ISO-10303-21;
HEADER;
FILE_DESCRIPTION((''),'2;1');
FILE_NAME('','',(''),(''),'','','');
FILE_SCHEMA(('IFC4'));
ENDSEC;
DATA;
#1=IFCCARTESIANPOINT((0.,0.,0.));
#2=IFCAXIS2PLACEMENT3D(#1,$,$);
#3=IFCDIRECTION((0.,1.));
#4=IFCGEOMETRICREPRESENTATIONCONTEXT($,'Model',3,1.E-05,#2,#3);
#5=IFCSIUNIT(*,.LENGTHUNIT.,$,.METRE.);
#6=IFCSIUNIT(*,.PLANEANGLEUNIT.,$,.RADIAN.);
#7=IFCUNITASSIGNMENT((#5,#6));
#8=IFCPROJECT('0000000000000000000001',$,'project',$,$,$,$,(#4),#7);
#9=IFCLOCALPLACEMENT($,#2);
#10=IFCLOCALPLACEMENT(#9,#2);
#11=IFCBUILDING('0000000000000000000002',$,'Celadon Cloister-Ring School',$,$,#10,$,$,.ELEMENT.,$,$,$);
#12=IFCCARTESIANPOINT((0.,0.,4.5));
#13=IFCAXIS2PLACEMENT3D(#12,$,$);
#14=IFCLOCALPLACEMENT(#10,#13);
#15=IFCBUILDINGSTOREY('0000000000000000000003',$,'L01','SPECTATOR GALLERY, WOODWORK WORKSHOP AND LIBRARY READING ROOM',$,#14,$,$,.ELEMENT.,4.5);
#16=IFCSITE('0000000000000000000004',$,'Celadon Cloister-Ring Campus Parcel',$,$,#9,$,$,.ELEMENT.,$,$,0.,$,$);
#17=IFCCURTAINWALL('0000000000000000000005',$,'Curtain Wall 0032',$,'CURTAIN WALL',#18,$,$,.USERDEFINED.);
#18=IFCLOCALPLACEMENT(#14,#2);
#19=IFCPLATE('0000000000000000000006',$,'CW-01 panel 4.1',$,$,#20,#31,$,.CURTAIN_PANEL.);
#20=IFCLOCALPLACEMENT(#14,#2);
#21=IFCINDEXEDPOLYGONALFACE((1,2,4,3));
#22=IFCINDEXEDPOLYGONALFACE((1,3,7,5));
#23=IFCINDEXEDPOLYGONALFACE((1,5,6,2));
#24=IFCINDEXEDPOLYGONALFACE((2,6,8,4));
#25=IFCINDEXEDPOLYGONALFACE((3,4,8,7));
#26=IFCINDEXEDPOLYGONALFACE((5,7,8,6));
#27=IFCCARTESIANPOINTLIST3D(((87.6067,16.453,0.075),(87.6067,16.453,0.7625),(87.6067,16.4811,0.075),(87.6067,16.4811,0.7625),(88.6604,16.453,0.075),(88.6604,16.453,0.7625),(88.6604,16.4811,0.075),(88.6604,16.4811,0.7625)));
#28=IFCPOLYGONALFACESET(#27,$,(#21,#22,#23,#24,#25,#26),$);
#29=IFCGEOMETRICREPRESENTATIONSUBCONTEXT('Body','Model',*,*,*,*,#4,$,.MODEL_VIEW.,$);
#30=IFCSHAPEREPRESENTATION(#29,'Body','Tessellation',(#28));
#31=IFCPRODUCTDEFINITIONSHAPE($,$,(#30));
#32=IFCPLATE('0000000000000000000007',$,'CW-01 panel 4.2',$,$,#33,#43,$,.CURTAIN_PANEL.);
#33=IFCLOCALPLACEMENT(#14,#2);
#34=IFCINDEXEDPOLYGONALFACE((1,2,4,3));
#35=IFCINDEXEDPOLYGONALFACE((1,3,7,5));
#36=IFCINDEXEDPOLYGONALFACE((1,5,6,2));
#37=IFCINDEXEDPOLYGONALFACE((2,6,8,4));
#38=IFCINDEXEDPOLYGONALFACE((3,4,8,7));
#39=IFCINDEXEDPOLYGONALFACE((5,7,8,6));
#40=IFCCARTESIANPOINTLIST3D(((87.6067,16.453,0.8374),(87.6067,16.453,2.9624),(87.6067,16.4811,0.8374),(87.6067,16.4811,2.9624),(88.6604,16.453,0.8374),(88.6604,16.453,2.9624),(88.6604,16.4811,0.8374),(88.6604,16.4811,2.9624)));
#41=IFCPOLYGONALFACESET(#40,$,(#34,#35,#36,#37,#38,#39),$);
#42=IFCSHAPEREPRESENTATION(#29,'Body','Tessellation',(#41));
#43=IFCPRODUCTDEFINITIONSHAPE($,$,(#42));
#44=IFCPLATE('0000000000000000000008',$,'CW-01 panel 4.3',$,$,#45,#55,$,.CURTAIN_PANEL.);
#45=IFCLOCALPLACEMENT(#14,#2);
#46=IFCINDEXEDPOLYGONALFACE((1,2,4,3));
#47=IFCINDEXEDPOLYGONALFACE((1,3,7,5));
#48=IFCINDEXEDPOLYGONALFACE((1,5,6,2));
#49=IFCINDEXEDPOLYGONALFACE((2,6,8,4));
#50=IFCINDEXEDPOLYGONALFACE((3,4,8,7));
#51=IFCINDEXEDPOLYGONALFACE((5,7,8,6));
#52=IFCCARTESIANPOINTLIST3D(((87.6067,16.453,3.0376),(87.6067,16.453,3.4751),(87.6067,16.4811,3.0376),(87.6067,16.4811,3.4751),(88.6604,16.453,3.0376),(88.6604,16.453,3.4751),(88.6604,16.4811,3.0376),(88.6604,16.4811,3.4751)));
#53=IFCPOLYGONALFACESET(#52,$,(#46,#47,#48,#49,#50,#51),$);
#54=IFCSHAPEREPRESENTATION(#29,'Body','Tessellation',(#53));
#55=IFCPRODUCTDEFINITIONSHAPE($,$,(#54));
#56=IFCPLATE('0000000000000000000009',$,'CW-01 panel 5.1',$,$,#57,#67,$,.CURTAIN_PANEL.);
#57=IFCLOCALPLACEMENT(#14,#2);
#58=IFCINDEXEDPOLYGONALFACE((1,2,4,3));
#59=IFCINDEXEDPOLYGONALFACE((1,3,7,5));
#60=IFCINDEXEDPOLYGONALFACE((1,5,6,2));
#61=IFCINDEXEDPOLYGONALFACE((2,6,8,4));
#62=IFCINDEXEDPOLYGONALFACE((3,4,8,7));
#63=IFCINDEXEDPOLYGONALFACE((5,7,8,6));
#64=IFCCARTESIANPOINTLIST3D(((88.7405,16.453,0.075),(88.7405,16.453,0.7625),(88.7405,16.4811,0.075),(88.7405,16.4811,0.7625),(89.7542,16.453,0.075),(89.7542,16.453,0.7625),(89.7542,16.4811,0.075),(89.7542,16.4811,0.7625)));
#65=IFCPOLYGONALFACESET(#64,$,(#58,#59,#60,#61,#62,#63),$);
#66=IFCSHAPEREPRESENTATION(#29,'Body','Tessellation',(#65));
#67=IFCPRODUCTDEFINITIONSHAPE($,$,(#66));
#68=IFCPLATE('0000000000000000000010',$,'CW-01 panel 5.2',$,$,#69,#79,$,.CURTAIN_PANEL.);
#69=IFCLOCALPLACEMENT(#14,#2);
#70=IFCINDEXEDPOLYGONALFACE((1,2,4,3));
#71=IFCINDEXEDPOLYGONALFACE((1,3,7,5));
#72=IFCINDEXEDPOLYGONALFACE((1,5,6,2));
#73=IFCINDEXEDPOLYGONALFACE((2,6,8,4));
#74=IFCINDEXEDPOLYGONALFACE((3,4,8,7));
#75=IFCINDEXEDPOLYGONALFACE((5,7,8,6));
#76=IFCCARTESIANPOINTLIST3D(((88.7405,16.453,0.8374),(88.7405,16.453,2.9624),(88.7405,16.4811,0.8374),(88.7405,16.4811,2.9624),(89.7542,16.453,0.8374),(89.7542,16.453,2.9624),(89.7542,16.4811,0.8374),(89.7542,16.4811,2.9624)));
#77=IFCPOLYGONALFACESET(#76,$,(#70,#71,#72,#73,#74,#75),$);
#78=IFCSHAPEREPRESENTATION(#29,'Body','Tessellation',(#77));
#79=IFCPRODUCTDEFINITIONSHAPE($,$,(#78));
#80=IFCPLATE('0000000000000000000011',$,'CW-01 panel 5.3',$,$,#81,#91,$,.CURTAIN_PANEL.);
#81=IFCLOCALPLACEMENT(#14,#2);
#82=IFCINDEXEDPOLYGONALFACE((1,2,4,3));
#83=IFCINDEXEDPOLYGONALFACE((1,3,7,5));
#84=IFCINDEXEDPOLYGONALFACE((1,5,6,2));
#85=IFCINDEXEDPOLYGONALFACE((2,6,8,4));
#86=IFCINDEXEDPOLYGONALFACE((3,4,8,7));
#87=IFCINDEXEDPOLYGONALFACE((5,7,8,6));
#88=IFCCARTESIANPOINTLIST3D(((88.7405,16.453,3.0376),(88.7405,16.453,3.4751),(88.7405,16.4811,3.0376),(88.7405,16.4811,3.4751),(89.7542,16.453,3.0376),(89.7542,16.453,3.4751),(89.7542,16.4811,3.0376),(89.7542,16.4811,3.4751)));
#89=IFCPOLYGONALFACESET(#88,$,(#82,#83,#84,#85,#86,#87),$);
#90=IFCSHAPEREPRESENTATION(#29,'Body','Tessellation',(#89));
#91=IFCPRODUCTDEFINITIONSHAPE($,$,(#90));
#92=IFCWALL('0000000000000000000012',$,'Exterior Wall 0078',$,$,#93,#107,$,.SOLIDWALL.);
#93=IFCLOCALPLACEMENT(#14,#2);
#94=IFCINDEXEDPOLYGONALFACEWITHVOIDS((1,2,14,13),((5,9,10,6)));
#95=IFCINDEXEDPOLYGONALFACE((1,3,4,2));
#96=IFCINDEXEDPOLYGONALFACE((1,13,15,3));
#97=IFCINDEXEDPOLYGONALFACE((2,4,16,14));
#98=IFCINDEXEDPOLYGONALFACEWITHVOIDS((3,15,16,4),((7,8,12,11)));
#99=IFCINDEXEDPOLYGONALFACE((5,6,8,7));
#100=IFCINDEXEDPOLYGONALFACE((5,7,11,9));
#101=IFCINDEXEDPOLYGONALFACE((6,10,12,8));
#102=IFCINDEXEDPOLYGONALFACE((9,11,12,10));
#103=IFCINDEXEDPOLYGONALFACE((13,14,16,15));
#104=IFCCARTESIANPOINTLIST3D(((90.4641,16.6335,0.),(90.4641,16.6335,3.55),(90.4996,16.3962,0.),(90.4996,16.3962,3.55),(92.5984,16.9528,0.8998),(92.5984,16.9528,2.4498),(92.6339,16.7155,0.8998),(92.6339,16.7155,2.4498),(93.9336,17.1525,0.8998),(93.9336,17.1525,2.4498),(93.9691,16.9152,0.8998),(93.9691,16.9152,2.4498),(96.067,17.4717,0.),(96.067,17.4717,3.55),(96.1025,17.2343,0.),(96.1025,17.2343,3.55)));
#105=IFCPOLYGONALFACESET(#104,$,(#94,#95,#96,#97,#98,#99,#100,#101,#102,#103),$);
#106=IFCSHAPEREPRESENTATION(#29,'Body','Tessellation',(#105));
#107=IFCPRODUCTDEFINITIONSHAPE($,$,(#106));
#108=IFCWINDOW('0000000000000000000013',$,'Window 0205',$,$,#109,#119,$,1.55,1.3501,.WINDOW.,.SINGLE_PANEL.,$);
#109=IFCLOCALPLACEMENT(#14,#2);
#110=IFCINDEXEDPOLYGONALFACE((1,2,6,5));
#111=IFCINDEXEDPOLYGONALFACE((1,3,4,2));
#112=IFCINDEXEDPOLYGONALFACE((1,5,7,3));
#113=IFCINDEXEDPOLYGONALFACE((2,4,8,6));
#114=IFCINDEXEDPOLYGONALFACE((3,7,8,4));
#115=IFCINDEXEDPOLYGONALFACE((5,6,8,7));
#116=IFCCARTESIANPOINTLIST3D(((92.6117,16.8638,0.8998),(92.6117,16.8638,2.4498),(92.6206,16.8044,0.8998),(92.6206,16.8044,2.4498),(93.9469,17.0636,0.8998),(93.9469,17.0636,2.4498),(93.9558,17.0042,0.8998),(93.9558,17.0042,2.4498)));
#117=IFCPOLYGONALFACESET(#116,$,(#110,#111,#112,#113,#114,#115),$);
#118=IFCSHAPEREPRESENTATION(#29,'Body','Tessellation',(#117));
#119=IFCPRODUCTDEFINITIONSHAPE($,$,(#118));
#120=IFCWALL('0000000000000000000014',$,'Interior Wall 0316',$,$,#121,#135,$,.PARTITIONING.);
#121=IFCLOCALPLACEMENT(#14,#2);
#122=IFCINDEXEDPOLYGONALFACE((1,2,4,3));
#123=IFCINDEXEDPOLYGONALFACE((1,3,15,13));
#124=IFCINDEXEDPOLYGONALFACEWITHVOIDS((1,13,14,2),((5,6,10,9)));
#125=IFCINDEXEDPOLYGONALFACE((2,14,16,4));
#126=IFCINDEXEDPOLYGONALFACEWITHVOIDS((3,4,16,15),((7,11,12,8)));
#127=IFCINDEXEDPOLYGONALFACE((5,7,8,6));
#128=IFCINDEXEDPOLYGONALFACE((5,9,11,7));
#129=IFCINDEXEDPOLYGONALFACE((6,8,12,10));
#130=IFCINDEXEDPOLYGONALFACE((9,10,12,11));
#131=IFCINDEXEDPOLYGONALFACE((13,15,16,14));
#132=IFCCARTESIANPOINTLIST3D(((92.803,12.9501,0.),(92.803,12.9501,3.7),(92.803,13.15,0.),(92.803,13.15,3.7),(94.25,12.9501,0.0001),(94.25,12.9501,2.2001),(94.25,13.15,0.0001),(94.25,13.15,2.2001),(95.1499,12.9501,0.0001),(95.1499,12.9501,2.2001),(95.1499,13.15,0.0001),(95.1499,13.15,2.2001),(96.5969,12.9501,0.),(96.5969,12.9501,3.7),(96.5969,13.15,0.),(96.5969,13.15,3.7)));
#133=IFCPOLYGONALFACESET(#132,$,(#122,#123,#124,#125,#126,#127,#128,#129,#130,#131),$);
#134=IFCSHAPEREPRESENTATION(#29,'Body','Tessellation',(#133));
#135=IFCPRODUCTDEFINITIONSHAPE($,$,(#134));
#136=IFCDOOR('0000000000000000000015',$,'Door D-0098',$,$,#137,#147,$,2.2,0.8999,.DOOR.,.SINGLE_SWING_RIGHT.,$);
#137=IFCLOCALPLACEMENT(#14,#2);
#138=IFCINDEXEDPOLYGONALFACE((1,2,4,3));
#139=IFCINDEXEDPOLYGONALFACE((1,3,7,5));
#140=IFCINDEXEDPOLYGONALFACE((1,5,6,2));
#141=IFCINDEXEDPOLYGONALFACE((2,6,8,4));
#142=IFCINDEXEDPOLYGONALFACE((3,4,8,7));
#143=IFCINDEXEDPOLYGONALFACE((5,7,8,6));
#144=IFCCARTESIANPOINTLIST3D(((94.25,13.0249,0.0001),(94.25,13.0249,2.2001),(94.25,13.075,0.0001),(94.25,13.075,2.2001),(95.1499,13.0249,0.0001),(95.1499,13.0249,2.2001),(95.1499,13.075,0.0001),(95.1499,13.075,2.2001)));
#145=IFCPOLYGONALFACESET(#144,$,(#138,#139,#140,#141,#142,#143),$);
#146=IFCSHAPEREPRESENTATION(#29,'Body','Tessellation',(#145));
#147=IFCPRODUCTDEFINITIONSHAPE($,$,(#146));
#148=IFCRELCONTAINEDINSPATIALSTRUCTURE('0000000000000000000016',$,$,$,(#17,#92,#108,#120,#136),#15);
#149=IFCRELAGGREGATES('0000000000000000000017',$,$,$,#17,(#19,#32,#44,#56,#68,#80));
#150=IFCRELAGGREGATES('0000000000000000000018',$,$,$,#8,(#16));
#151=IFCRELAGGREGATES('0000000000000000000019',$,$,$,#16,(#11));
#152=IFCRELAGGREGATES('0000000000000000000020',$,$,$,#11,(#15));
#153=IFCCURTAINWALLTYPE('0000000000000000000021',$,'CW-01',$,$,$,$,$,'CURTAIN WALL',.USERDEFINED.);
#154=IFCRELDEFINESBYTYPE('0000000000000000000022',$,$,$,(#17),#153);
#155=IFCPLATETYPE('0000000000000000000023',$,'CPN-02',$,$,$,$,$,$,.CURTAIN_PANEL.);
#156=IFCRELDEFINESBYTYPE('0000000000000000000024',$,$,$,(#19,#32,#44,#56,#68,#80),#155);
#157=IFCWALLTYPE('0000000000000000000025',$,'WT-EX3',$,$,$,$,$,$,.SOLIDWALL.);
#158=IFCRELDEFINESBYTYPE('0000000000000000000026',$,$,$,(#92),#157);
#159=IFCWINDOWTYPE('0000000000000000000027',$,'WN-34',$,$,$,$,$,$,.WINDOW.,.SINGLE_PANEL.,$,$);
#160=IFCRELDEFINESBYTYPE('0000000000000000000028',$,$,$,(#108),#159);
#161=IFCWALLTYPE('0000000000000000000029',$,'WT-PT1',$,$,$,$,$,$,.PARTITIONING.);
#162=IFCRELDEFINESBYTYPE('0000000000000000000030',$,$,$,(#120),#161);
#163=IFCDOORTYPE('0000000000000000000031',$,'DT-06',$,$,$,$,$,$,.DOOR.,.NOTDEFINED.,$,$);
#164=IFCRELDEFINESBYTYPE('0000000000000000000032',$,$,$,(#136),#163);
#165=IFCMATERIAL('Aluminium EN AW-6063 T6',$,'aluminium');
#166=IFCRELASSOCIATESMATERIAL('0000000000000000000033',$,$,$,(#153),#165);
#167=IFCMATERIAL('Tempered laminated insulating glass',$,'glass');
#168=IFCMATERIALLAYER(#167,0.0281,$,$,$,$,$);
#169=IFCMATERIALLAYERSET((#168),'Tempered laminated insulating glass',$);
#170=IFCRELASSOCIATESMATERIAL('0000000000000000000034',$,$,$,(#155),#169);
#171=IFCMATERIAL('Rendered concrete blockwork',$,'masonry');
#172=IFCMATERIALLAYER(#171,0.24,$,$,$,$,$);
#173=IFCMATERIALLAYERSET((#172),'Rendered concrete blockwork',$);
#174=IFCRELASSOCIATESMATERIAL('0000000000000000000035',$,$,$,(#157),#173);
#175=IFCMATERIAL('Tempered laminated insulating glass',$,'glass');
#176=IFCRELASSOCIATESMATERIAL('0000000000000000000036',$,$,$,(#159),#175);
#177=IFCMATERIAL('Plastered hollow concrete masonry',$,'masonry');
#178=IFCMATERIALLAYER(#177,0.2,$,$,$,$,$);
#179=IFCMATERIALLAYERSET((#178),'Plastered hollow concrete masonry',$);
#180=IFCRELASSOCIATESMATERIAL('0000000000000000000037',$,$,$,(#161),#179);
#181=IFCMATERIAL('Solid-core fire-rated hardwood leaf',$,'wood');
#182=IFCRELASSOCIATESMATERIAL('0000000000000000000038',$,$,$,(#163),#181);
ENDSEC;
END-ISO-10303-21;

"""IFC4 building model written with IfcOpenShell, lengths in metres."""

from ifc_helpers import new_model, si_unit, direction, frame, frame_2d, origin, origin_2d, place, context, subcontext, project, spatial, rectangle, extrude, material, layer, layer_set, type_object, element, fill, aggregate, save


model = new_model("IFC4")

# Units and contexts
model_context = context("Model", 3, precision=1e-05, world=origin(), true_north=direction((0.0, 1.0)))
body_context = subcontext(model_context, "Body", "Model", "MODEL_VIEW")
ifc_project = project(units=[si_unit("LENGTHUNIT", "METRE"), si_unit("PLANEANGLEUNIT", "RADIAN")], contexts=[model_context])

# Site, building, storey
site_placement = place(None, origin())
site = spatial("IfcSite", under=ifc_project, at=site_placement, Name="Celadon Cloister-Ring Campus Parcel", CompositionType="ELEMENT", RefElevation=0.0)
building_placement = place(site_placement, origin())
building = spatial("IfcBuilding", under=site, at=building_placement, Name="Celadon Cloister-Ring School", CompositionType="ELEMENT")
storey_placement = place(building_placement, frame((0.0, 0.0, 4.5)))
storey = spatial("IfcBuildingStorey", under=building, at=storey_placement, Name="L01", Description="SPECTATOR GALLERY, WOODWORK WORKSHOP AND LIBRARY READING ROOM", CompositionType="ELEMENT", Elevation=4.5)

# Curtain wall
ifc_material_1 = material(Name="Aluminium EN AW-6063 T6", Category="aluminium")
curtain_wall_type = type_object("IfcCurtainWallType", Name="CW-01", ElementType="CURTAIN WALL", PredefinedType="USERDEFINED", material=ifc_material_1)
curtain_wall_1_placement = place(storey_placement, origin())
curtain_wall_1 = element("IfcCurtainWall", 1, at=curtain_wall_1_placement, inside=storey, type_object=curtain_wall_type, Name="Curtain Wall 0032", ObjectType="CURTAIN WALL", PredefinedType="USERDEFINED")

# Plates
ifc_material_2 = material(Name="Tempered laminated insulating glass", Category="glass")
ifc_layer_1 = layer(ifc_material_2, 0.0281)
ifc_layer_set_1 = layer_set([ifc_layer_1], Name="Tempered laminated insulating glass")
plate_type = type_object("IfcPlateType", Name="CPN-02", PredefinedType="CURTAIN_PANEL", material=ifc_layer_set_1)
plate_1_placement = place(storey_placement, frame((88.1335, 16.467, 0.075), z_axis=(0.0, 0.0, 1.0), x_axis=(1.0, 0.0, 0.0)))
plate_1 = element("IfcPlate", 2, at=plate_1_placement, type_object=plate_type, Name="CW-01 panel 4.1", PredefinedType="CURTAIN_PANEL", context=body_context, shape_type="SweptSolid", body=[
    extrude(rectangle(XDim=1.0537, YDim=0.0281, at=origin_2d()), origin(), (0.0, 0.0, 1.0), 0.6875),
])
plate_2_placement = place(storey_placement, frame((88.1335, 16.467, 0.8374), z_axis=(0.0, 0.0, 1.0), x_axis=(1.0, 0.0, 0.0)))
plate_2 = element("IfcPlate", 3, at=plate_2_placement, type_object=plate_type, Name="CW-01 panel 4.2", PredefinedType="CURTAIN_PANEL", context=body_context, shape_type="SweptSolid", body=[
    extrude(rectangle(XDim=1.0537, YDim=0.0281, at=origin_2d()), origin(), (0.0, 0.0, 1.0), 2.125),
])
plate_3_placement = place(storey_placement, frame((88.1335, 16.467, 3.0376), z_axis=(0.0, 0.0, 1.0), x_axis=(1.0, 0.0, 0.0)))
plate_3 = element("IfcPlate", 4, at=plate_3_placement, type_object=plate_type, Name="CW-01 panel 4.3", PredefinedType="CURTAIN_PANEL", context=body_context, shape_type="SweptSolid", body=[
    extrude(rectangle(XDim=1.0537, YDim=0.0281, at=origin_2d()), origin(), (0.0, 0.0, 1.0), 0.4375),
])
plate_4_placement = place(storey_placement, frame((89.2473, 16.467, 0.075), z_axis=(0.0, 0.0, 1.0), x_axis=(1.0, 0.0, 0.0)))
plate_4 = element("IfcPlate", 5, at=plate_4_placement, type_object=plate_type, Name="CW-01 panel 5.1", PredefinedType="CURTAIN_PANEL", context=body_context, shape_type="SweptSolid", body=[
    extrude(rectangle(XDim=1.0137, YDim=0.0281, at=origin_2d()), origin(), (0.0, 0.0, 1.0), 0.6875),
])
plate_5_placement = place(storey_placement, frame((89.2473, 16.467, 0.8374), z_axis=(0.0, 0.0, 1.0), x_axis=(1.0, 0.0, 0.0)))
plate_5 = element("IfcPlate", 6, at=plate_5_placement, type_object=plate_type, Name="CW-01 panel 5.2", PredefinedType="CURTAIN_PANEL", context=body_context, shape_type="SweptSolid", body=[
    extrude(rectangle(XDim=1.0137, YDim=0.0281, at=origin_2d()), origin(), (0.0, 0.0, 1.0), 2.125),
])
plate_6_placement = place(storey_placement, frame((89.2473, 16.467, 3.0376), z_axis=(0.0, 0.0, 1.0), x_axis=(1.0, 0.0, 0.0)))
plate_6 = element("IfcPlate", 7, at=plate_6_placement, type_object=plate_type, Name="CW-01 panel 5.3", PredefinedType="CURTAIN_PANEL", context=body_context, shape_type="SweptSolid", body=[
    extrude(rectangle(XDim=1.0137, YDim=0.0281, at=origin_2d()), origin(), (0.0, 0.0, 1.0), 0.4375),
])
aggregate(curtain_wall_1, [plate_1, plate_2, plate_3, plate_4, plate_5, plate_6])

# Wall, opening, window
ifc_material_3 = material(Name="Rendered concrete blockwork", Category="masonry")
ifc_layer_2 = layer(ifc_material_3, 0.24)
ifc_layer_set_2 = layer_set([ifc_layer_2], Name="Rendered concrete blockwork")
wall_type_1 = type_object("IfcWallType", Name="WT-EX3", PredefinedType="SOLIDWALL", material=ifc_layer_set_2)
wall_1_placement = place(storey_placement, frame((90.4819, 16.5149, 0.0), z_axis=(0.0, 0.0, 1.0), x_axis=(0.988996, 0.14794, 0.0)))
wall_1 = element("IfcWall", 8, at=wall_1_placement, inside=storey, type_object=wall_type_1, Name="Exterior Wall 0078", PredefinedType="SOLIDWALL", context=body_context, shape_type="SweptSolid", body=[
    extrude(rectangle(XDim=5.6653, YDim=0.24, at=frame_2d((2.8325, 0.0))), origin(), (0.0, 0.0, 1.0), 3.55),
])
opening_1_placement = place(wall_1_placement, frame((2.158, 0.0, 0.8999)))
opening_1 = element("IfcOpeningElement", 9, at=opening_1_placement, cuts=wall_1, PredefinedType="OPENING", context=body_context, shape_type="SweptSolid", body=[
    extrude(rectangle(XDim=1.3501, YDim=1.55, at=frame_2d((0.675, 0.7749))), frame((0.0, 0.1299, 0.0), z_axis=(0.0, -1.0, 0.0), x_axis=(1.0, 0.0, 0.0)), (0.0, 0.0, 1.0), 0.26),
])
ifc_material_4 = material(Name="Tempered laminated insulating glass", Category="glass")
window_type = type_object("IfcWindowType", Name="WN-34", PartitioningType="SINGLE_PANEL", PredefinedType="WINDOW", material=ifc_material_4)
window_placement = place(opening_1_placement, origin())
window = element("IfcWindow", 10, at=window_placement, inside=storey, type_object=window_type, Name="Window 0205", OverallHeight=1.55, OverallWidth=1.3501, PartitioningType="SINGLE_PANEL", PredefinedType="WINDOW", context=body_context, shape_type="SweptSolid", body=[
    extrude(rectangle(XDim=1.3501, YDim=1.55, at=frame_2d((0.675, 0.7749))), frame((0.0, 0.03, 0.0), z_axis=(0.0, -1.0, 0.0), x_axis=(1.0, 0.0, 0.0)), (0.0, 0.0, 1.0), 0.0601),
])
fill(opening_1, window)

# Wall, opening, door
ifc_material_5 = material(Name="Plastered hollow concrete masonry", Category="masonry")
ifc_layer_3 = layer(ifc_material_5, 0.2)
ifc_layer_set_3 = layer_set([ifc_layer_3], Name="Plastered hollow concrete masonry")
wall_type_2 = type_object("IfcWallType", Name="WT-PT1", PredefinedType="PARTITIONING", material=ifc_layer_set_3)
wall_2_placement = place(storey_placement, frame((92.803, 13.05, 0.0), z_axis=(0.0, 0.0, 1.0), x_axis=(1.0, 0.0, 0.0)))
wall_2 = element("IfcWall", 11, at=wall_2_placement, inside=storey, type_object=wall_type_2, Name="Interior Wall 0316", PredefinedType="PARTITIONING", context=body_context, shape_type="SweptSolid", body=[
    extrude(rectangle(XDim=3.7939, YDim=0.2, at=frame_2d((1.897, 0.0))), origin(), (0.0, 0.0, 1.0), 3.7),
])
opening_2_placement = place(wall_2_placement, frame((1.447, 0.0, 0.0)))
opening_2 = element("IfcOpeningElement", 12, at=opening_2_placement, cuts=wall_2, PredefinedType="OPENING", context=body_context, shape_type="SweptSolid", body=[
    extrude(rectangle(XDim=0.8999, YDim=2.2, at=frame_2d((0.45, 1.1001))), frame((0.0, 0.1099, 0.0), z_axis=(0.0, -1.0, 0.0), x_axis=(1.0, 0.0, 0.0)), (0.0, 0.0, 1.0), 0.22),
])
ifc_material_6 = material(Name="Solid-core fire-rated hardwood leaf", Category="wood")
door_type = type_object("IfcDoorType", Name="DT-06", OperationType="NOTDEFINED", PredefinedType="DOOR", material=ifc_material_6)
door_placement = place(opening_2_placement, origin())
door = element("IfcDoor", 13, at=door_placement, inside=storey, type_object=door_type, Name="Door D-0098", OperationType="SINGLE_SWING_RIGHT", OverallHeight=2.2, OverallWidth=0.8999, PredefinedType="DOOR", context=body_context, shape_type="SweptSolid", body=[
    extrude(rectangle(XDim=0.8999, YDim=2.2, at=frame_2d((0.45, 1.1001))), frame((0.0, 0.0249, 0.0), z_axis=(0.0, -1.0, 0.0), x_axis=(1.0, 0.0, 0.0)), (0.0, 0.0, 1.0), 0.05),
])
fill(opening_2, door)

save(model, "model.ifc")
